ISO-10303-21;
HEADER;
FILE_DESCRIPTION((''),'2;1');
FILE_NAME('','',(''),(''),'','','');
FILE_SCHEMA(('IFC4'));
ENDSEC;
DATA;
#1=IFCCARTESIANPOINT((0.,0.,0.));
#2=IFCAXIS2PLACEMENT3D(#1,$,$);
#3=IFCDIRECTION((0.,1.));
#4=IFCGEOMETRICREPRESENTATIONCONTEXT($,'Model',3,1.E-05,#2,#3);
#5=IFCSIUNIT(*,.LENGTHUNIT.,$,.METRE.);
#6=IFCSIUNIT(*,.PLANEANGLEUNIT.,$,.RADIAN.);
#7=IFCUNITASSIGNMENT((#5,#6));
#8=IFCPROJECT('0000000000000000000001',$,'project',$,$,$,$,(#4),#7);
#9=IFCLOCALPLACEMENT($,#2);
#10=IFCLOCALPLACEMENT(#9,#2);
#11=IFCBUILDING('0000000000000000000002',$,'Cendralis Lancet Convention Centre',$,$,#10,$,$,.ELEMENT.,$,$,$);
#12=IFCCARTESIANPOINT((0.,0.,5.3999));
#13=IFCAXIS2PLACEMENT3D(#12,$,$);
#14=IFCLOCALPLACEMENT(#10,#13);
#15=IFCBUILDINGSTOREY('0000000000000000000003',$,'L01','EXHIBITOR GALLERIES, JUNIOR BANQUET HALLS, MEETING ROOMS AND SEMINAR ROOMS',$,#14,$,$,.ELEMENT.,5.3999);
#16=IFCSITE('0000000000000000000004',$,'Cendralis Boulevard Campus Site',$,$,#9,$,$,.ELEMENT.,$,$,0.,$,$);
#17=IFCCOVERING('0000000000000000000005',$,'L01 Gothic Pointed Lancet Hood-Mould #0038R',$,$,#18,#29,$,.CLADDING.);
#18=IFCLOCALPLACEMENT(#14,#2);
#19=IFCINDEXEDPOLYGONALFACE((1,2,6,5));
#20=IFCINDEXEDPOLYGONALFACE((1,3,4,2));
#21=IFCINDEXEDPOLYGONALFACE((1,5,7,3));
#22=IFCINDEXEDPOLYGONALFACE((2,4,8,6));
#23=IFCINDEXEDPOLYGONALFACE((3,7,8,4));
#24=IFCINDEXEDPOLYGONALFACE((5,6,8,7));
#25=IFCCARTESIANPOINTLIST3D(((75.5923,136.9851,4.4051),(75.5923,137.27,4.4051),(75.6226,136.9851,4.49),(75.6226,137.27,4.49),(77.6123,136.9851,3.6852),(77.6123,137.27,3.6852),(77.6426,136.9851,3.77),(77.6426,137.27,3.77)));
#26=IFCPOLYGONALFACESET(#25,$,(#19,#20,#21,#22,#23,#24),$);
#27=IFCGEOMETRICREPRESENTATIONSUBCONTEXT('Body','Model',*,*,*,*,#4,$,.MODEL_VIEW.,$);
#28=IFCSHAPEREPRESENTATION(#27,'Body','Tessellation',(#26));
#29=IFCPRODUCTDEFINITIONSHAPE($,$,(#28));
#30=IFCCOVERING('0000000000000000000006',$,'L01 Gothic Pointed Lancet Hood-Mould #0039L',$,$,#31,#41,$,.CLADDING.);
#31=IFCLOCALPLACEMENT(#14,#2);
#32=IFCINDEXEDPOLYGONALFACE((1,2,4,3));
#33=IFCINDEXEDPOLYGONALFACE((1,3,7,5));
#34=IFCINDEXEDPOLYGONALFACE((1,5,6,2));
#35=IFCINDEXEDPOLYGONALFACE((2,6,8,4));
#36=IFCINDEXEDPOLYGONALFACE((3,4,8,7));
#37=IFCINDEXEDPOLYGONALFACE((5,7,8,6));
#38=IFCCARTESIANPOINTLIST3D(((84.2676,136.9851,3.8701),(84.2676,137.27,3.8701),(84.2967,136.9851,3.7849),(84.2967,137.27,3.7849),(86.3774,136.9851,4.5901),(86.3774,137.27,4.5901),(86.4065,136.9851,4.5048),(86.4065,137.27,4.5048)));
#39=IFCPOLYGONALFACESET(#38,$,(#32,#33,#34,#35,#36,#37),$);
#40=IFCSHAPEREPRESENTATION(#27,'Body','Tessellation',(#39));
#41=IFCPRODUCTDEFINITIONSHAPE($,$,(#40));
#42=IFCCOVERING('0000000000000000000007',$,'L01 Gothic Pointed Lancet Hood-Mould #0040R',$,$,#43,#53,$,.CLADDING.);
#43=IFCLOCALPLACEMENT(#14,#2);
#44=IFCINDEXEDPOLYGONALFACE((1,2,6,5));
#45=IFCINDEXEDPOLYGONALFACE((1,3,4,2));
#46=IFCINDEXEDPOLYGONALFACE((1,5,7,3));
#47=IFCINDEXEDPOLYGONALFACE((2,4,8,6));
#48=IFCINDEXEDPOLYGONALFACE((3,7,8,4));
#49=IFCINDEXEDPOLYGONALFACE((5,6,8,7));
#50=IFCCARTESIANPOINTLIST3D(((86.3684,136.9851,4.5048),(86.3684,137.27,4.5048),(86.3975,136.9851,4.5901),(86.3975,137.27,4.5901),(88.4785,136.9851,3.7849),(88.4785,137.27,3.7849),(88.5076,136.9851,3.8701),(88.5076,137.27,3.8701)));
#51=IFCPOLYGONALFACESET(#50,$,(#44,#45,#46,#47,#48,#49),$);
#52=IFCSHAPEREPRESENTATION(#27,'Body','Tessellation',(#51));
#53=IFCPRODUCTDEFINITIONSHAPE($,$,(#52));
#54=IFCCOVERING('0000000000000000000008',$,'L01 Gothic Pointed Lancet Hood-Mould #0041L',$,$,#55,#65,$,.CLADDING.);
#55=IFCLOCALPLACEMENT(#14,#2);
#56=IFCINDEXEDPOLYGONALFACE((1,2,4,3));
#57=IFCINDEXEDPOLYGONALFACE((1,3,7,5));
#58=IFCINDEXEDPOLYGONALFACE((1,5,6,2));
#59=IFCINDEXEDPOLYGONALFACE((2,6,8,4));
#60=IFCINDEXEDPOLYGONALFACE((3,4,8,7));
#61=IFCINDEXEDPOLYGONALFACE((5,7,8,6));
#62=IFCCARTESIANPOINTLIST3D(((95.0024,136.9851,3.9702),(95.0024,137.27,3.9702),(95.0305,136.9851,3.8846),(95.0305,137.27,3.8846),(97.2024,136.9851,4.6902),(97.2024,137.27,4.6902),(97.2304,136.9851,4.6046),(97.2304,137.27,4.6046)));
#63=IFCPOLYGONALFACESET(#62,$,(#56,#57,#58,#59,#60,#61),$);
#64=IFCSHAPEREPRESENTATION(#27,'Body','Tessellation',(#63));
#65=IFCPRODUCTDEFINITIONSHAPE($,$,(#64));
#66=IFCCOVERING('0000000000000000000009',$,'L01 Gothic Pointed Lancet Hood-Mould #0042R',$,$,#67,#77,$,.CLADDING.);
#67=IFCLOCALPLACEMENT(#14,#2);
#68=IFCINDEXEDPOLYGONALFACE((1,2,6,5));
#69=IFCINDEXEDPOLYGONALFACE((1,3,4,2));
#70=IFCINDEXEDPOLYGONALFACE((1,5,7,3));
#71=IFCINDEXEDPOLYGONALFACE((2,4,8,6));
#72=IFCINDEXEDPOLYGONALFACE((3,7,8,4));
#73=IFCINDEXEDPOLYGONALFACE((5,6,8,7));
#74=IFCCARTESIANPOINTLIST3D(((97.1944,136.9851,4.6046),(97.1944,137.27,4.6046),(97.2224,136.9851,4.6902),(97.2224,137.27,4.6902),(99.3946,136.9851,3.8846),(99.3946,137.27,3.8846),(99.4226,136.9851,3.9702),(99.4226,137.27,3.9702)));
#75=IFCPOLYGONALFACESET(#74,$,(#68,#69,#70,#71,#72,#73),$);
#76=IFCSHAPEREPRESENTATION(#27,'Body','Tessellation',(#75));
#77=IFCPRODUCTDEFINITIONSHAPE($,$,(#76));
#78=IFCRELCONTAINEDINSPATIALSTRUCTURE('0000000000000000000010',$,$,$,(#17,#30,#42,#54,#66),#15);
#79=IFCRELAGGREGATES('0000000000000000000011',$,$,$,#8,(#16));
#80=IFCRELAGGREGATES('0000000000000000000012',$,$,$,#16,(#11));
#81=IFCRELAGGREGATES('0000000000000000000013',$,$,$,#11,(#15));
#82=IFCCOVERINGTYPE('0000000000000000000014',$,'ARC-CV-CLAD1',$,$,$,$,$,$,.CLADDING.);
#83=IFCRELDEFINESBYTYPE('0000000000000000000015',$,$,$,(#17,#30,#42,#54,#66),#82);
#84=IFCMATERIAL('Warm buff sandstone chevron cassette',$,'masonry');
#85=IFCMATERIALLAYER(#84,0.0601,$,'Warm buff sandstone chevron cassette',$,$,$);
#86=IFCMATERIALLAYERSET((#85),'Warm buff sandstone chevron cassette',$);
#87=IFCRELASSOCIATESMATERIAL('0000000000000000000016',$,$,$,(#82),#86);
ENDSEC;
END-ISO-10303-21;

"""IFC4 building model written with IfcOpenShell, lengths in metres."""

from ifc_helpers import new_model, si_unit, direction, frame, origin, place, context, subcontext, project, spatial, polyline, outline, extrude, material, layer, layer_set, type_object, element, save


model = new_model("IFC4")

# Units and contexts
model_context = context("Model", 3, precision=1e-05, world=origin(), true_north=direction((0.0, 1.0)))
body_context = subcontext(model_context, "Body", "Model", "MODEL_VIEW")
ifc_project = project(units=[si_unit("LENGTHUNIT", "METRE"), si_unit("PLANEANGLEUNIT", "RADIAN")], contexts=[model_context])

# Site, building, storey
site_placement = place(None, origin())
site = spatial("IfcSite", under=ifc_project, at=site_placement, Name="Cendralis Boulevard Campus Site", CompositionType="ELEMENT", RefElevation=0.0)
building_placement = place(site_placement, origin())
building = spatial("IfcBuilding", under=site, at=building_placement, Name="Cendralis Lancet Convention Centre", CompositionType="ELEMENT")
storey_placement = place(building_placement, frame((0.0, 0.0, 5.3999)))
storey = spatial("IfcBuildingStorey", under=building, at=storey_placement, Name="L01", Description="EXHIBITOR GALLERIES, JUNIOR BANQUET HALLS, MEETING ROOMS AND SEMINAR ROOMS", CompositionType="ELEMENT", Elevation=5.3999)

# Coverings
ifc_material_1 = material(Name="Warm buff sandstone chevron cassette", Category="masonry")
ifc_layer_1 = layer(ifc_material_1, 0.0601, Name="Warm buff sandstone chevron cassette")
ifc_layer_set_1 = layer_set([ifc_layer_1], Name="Warm buff sandstone chevron cassette")
covering_type = type_object("IfcCoveringType", Name="ARC-CV-CLAD1", PredefinedType="CLADDING", material=ifc_layer_set_1)
for number, where, z_axis, x_axis, name in (
    (1, (75.6226, 137.27, 4.49), (0.335731, 0.0, 0.941958), (0.0, -1.0, 0.0), "L01 Gothic Pointed Lancet Hood-Mould #0038R"),
):
    element("IfcCovering", number, at=place(storey_placement, frame(where, z_axis=z_axis, x_axis=x_axis)), inside=storey, type_object=covering_type, Name=name, PredefinedType="CLADDING", context=body_context, shape_type="SweptSolid", body=[
        extrude(outline(polyline([(0.0, 0.0), (0.2849, 0.0), (0.2849, 2.1445), (0.0, 2.1445), (0.0, 0.0)])), origin(), (0.0, 0.0, -1.0), 0.0901),
    ])
covering_1_placement = place(storey_placement, frame((84.2676, 137.27, 3.8701), z_axis=(-0.322955, 0.0, 0.946414), x_axis=(0.0, -1.0, 0.0)))
element("IfcCovering", 2, at=covering_1_placement, inside=storey, type_object=covering_type, Name="L01 Gothic Pointed Lancet Hood-Mould #0039L", PredefinedType="CLADDING", context=body_context, shape_type="SweptSolid", body=[
    extrude(outline(polyline([(0.0, 0.0), (0.2849, 0.0), (0.2849, 2.2293), (0.0, 2.2293), (0.0, 0.0)])), origin(), (0.0, 0.0, -1.0), 0.0901),
])
covering_2_placement = place(storey_placement, frame((86.3975, 137.27, 4.5901), z_axis=(0.322921, 0.0, 0.946426), x_axis=(0.0, -1.0, 0.0)))
element("IfcCovering", 3, at=covering_2_placement, inside=storey, type_object=covering_type, Name="L01 Gothic Pointed Lancet Hood-Mould #0040R", PredefinedType="CLADDING", context=body_context, shape_type="SweptSolid", body=[
    extrude(outline(polyline([(0.0, 0.0), (0.2849, 0.0), (0.2849, 2.2296), (0.0, 2.2296), (0.0, 0.0)])), origin(), (0.0, 0.0, -1.0), 0.0901),
])
covering_3_placement = place(storey_placement, frame((95.0024, 137.27, 3.9702), z_axis=(-0.311034, 0.0, 0.950399), x_axis=(0.0, -1.0, 0.0)))
element("IfcCovering", 4, at=covering_3_placement, inside=storey, type_object=covering_type, Name="L01 Gothic Pointed Lancet Hood-Mould #0041L", PredefinedType="CLADDING", context=body_context, shape_type="SweptSolid", body=[
    extrude(outline(polyline([(0.0, 0.0), (0.2849, 0.0), (0.2849, 2.3148), (0.0, 2.3148), (0.0, 0.0)])), origin(), (0.0, 0.0, -1.0), 0.0901),
])
covering_4_placement = place(storey_placement, frame((97.2224, 137.27, 4.6902), z_axis=(0.311003, 0.0, 0.950409), x_axis=(0.0, -1.0, 0.0)))
element("IfcCovering", 5, at=covering_4_placement, inside=storey, type_object=covering_type, Name="L01 Gothic Pointed Lancet Hood-Mould #0042R", PredefinedType="CLADDING", context=body_context, shape_type="SweptSolid", body=[
    extrude(outline(polyline([(0.0, 0.0), (0.2849, 0.0), (0.2849, 2.315), (0.0, 2.315), (0.0, 0.0)])), origin(), (0.0, 0.0, -1.0), 0.0901),
])

save(model, "model.ifc")
